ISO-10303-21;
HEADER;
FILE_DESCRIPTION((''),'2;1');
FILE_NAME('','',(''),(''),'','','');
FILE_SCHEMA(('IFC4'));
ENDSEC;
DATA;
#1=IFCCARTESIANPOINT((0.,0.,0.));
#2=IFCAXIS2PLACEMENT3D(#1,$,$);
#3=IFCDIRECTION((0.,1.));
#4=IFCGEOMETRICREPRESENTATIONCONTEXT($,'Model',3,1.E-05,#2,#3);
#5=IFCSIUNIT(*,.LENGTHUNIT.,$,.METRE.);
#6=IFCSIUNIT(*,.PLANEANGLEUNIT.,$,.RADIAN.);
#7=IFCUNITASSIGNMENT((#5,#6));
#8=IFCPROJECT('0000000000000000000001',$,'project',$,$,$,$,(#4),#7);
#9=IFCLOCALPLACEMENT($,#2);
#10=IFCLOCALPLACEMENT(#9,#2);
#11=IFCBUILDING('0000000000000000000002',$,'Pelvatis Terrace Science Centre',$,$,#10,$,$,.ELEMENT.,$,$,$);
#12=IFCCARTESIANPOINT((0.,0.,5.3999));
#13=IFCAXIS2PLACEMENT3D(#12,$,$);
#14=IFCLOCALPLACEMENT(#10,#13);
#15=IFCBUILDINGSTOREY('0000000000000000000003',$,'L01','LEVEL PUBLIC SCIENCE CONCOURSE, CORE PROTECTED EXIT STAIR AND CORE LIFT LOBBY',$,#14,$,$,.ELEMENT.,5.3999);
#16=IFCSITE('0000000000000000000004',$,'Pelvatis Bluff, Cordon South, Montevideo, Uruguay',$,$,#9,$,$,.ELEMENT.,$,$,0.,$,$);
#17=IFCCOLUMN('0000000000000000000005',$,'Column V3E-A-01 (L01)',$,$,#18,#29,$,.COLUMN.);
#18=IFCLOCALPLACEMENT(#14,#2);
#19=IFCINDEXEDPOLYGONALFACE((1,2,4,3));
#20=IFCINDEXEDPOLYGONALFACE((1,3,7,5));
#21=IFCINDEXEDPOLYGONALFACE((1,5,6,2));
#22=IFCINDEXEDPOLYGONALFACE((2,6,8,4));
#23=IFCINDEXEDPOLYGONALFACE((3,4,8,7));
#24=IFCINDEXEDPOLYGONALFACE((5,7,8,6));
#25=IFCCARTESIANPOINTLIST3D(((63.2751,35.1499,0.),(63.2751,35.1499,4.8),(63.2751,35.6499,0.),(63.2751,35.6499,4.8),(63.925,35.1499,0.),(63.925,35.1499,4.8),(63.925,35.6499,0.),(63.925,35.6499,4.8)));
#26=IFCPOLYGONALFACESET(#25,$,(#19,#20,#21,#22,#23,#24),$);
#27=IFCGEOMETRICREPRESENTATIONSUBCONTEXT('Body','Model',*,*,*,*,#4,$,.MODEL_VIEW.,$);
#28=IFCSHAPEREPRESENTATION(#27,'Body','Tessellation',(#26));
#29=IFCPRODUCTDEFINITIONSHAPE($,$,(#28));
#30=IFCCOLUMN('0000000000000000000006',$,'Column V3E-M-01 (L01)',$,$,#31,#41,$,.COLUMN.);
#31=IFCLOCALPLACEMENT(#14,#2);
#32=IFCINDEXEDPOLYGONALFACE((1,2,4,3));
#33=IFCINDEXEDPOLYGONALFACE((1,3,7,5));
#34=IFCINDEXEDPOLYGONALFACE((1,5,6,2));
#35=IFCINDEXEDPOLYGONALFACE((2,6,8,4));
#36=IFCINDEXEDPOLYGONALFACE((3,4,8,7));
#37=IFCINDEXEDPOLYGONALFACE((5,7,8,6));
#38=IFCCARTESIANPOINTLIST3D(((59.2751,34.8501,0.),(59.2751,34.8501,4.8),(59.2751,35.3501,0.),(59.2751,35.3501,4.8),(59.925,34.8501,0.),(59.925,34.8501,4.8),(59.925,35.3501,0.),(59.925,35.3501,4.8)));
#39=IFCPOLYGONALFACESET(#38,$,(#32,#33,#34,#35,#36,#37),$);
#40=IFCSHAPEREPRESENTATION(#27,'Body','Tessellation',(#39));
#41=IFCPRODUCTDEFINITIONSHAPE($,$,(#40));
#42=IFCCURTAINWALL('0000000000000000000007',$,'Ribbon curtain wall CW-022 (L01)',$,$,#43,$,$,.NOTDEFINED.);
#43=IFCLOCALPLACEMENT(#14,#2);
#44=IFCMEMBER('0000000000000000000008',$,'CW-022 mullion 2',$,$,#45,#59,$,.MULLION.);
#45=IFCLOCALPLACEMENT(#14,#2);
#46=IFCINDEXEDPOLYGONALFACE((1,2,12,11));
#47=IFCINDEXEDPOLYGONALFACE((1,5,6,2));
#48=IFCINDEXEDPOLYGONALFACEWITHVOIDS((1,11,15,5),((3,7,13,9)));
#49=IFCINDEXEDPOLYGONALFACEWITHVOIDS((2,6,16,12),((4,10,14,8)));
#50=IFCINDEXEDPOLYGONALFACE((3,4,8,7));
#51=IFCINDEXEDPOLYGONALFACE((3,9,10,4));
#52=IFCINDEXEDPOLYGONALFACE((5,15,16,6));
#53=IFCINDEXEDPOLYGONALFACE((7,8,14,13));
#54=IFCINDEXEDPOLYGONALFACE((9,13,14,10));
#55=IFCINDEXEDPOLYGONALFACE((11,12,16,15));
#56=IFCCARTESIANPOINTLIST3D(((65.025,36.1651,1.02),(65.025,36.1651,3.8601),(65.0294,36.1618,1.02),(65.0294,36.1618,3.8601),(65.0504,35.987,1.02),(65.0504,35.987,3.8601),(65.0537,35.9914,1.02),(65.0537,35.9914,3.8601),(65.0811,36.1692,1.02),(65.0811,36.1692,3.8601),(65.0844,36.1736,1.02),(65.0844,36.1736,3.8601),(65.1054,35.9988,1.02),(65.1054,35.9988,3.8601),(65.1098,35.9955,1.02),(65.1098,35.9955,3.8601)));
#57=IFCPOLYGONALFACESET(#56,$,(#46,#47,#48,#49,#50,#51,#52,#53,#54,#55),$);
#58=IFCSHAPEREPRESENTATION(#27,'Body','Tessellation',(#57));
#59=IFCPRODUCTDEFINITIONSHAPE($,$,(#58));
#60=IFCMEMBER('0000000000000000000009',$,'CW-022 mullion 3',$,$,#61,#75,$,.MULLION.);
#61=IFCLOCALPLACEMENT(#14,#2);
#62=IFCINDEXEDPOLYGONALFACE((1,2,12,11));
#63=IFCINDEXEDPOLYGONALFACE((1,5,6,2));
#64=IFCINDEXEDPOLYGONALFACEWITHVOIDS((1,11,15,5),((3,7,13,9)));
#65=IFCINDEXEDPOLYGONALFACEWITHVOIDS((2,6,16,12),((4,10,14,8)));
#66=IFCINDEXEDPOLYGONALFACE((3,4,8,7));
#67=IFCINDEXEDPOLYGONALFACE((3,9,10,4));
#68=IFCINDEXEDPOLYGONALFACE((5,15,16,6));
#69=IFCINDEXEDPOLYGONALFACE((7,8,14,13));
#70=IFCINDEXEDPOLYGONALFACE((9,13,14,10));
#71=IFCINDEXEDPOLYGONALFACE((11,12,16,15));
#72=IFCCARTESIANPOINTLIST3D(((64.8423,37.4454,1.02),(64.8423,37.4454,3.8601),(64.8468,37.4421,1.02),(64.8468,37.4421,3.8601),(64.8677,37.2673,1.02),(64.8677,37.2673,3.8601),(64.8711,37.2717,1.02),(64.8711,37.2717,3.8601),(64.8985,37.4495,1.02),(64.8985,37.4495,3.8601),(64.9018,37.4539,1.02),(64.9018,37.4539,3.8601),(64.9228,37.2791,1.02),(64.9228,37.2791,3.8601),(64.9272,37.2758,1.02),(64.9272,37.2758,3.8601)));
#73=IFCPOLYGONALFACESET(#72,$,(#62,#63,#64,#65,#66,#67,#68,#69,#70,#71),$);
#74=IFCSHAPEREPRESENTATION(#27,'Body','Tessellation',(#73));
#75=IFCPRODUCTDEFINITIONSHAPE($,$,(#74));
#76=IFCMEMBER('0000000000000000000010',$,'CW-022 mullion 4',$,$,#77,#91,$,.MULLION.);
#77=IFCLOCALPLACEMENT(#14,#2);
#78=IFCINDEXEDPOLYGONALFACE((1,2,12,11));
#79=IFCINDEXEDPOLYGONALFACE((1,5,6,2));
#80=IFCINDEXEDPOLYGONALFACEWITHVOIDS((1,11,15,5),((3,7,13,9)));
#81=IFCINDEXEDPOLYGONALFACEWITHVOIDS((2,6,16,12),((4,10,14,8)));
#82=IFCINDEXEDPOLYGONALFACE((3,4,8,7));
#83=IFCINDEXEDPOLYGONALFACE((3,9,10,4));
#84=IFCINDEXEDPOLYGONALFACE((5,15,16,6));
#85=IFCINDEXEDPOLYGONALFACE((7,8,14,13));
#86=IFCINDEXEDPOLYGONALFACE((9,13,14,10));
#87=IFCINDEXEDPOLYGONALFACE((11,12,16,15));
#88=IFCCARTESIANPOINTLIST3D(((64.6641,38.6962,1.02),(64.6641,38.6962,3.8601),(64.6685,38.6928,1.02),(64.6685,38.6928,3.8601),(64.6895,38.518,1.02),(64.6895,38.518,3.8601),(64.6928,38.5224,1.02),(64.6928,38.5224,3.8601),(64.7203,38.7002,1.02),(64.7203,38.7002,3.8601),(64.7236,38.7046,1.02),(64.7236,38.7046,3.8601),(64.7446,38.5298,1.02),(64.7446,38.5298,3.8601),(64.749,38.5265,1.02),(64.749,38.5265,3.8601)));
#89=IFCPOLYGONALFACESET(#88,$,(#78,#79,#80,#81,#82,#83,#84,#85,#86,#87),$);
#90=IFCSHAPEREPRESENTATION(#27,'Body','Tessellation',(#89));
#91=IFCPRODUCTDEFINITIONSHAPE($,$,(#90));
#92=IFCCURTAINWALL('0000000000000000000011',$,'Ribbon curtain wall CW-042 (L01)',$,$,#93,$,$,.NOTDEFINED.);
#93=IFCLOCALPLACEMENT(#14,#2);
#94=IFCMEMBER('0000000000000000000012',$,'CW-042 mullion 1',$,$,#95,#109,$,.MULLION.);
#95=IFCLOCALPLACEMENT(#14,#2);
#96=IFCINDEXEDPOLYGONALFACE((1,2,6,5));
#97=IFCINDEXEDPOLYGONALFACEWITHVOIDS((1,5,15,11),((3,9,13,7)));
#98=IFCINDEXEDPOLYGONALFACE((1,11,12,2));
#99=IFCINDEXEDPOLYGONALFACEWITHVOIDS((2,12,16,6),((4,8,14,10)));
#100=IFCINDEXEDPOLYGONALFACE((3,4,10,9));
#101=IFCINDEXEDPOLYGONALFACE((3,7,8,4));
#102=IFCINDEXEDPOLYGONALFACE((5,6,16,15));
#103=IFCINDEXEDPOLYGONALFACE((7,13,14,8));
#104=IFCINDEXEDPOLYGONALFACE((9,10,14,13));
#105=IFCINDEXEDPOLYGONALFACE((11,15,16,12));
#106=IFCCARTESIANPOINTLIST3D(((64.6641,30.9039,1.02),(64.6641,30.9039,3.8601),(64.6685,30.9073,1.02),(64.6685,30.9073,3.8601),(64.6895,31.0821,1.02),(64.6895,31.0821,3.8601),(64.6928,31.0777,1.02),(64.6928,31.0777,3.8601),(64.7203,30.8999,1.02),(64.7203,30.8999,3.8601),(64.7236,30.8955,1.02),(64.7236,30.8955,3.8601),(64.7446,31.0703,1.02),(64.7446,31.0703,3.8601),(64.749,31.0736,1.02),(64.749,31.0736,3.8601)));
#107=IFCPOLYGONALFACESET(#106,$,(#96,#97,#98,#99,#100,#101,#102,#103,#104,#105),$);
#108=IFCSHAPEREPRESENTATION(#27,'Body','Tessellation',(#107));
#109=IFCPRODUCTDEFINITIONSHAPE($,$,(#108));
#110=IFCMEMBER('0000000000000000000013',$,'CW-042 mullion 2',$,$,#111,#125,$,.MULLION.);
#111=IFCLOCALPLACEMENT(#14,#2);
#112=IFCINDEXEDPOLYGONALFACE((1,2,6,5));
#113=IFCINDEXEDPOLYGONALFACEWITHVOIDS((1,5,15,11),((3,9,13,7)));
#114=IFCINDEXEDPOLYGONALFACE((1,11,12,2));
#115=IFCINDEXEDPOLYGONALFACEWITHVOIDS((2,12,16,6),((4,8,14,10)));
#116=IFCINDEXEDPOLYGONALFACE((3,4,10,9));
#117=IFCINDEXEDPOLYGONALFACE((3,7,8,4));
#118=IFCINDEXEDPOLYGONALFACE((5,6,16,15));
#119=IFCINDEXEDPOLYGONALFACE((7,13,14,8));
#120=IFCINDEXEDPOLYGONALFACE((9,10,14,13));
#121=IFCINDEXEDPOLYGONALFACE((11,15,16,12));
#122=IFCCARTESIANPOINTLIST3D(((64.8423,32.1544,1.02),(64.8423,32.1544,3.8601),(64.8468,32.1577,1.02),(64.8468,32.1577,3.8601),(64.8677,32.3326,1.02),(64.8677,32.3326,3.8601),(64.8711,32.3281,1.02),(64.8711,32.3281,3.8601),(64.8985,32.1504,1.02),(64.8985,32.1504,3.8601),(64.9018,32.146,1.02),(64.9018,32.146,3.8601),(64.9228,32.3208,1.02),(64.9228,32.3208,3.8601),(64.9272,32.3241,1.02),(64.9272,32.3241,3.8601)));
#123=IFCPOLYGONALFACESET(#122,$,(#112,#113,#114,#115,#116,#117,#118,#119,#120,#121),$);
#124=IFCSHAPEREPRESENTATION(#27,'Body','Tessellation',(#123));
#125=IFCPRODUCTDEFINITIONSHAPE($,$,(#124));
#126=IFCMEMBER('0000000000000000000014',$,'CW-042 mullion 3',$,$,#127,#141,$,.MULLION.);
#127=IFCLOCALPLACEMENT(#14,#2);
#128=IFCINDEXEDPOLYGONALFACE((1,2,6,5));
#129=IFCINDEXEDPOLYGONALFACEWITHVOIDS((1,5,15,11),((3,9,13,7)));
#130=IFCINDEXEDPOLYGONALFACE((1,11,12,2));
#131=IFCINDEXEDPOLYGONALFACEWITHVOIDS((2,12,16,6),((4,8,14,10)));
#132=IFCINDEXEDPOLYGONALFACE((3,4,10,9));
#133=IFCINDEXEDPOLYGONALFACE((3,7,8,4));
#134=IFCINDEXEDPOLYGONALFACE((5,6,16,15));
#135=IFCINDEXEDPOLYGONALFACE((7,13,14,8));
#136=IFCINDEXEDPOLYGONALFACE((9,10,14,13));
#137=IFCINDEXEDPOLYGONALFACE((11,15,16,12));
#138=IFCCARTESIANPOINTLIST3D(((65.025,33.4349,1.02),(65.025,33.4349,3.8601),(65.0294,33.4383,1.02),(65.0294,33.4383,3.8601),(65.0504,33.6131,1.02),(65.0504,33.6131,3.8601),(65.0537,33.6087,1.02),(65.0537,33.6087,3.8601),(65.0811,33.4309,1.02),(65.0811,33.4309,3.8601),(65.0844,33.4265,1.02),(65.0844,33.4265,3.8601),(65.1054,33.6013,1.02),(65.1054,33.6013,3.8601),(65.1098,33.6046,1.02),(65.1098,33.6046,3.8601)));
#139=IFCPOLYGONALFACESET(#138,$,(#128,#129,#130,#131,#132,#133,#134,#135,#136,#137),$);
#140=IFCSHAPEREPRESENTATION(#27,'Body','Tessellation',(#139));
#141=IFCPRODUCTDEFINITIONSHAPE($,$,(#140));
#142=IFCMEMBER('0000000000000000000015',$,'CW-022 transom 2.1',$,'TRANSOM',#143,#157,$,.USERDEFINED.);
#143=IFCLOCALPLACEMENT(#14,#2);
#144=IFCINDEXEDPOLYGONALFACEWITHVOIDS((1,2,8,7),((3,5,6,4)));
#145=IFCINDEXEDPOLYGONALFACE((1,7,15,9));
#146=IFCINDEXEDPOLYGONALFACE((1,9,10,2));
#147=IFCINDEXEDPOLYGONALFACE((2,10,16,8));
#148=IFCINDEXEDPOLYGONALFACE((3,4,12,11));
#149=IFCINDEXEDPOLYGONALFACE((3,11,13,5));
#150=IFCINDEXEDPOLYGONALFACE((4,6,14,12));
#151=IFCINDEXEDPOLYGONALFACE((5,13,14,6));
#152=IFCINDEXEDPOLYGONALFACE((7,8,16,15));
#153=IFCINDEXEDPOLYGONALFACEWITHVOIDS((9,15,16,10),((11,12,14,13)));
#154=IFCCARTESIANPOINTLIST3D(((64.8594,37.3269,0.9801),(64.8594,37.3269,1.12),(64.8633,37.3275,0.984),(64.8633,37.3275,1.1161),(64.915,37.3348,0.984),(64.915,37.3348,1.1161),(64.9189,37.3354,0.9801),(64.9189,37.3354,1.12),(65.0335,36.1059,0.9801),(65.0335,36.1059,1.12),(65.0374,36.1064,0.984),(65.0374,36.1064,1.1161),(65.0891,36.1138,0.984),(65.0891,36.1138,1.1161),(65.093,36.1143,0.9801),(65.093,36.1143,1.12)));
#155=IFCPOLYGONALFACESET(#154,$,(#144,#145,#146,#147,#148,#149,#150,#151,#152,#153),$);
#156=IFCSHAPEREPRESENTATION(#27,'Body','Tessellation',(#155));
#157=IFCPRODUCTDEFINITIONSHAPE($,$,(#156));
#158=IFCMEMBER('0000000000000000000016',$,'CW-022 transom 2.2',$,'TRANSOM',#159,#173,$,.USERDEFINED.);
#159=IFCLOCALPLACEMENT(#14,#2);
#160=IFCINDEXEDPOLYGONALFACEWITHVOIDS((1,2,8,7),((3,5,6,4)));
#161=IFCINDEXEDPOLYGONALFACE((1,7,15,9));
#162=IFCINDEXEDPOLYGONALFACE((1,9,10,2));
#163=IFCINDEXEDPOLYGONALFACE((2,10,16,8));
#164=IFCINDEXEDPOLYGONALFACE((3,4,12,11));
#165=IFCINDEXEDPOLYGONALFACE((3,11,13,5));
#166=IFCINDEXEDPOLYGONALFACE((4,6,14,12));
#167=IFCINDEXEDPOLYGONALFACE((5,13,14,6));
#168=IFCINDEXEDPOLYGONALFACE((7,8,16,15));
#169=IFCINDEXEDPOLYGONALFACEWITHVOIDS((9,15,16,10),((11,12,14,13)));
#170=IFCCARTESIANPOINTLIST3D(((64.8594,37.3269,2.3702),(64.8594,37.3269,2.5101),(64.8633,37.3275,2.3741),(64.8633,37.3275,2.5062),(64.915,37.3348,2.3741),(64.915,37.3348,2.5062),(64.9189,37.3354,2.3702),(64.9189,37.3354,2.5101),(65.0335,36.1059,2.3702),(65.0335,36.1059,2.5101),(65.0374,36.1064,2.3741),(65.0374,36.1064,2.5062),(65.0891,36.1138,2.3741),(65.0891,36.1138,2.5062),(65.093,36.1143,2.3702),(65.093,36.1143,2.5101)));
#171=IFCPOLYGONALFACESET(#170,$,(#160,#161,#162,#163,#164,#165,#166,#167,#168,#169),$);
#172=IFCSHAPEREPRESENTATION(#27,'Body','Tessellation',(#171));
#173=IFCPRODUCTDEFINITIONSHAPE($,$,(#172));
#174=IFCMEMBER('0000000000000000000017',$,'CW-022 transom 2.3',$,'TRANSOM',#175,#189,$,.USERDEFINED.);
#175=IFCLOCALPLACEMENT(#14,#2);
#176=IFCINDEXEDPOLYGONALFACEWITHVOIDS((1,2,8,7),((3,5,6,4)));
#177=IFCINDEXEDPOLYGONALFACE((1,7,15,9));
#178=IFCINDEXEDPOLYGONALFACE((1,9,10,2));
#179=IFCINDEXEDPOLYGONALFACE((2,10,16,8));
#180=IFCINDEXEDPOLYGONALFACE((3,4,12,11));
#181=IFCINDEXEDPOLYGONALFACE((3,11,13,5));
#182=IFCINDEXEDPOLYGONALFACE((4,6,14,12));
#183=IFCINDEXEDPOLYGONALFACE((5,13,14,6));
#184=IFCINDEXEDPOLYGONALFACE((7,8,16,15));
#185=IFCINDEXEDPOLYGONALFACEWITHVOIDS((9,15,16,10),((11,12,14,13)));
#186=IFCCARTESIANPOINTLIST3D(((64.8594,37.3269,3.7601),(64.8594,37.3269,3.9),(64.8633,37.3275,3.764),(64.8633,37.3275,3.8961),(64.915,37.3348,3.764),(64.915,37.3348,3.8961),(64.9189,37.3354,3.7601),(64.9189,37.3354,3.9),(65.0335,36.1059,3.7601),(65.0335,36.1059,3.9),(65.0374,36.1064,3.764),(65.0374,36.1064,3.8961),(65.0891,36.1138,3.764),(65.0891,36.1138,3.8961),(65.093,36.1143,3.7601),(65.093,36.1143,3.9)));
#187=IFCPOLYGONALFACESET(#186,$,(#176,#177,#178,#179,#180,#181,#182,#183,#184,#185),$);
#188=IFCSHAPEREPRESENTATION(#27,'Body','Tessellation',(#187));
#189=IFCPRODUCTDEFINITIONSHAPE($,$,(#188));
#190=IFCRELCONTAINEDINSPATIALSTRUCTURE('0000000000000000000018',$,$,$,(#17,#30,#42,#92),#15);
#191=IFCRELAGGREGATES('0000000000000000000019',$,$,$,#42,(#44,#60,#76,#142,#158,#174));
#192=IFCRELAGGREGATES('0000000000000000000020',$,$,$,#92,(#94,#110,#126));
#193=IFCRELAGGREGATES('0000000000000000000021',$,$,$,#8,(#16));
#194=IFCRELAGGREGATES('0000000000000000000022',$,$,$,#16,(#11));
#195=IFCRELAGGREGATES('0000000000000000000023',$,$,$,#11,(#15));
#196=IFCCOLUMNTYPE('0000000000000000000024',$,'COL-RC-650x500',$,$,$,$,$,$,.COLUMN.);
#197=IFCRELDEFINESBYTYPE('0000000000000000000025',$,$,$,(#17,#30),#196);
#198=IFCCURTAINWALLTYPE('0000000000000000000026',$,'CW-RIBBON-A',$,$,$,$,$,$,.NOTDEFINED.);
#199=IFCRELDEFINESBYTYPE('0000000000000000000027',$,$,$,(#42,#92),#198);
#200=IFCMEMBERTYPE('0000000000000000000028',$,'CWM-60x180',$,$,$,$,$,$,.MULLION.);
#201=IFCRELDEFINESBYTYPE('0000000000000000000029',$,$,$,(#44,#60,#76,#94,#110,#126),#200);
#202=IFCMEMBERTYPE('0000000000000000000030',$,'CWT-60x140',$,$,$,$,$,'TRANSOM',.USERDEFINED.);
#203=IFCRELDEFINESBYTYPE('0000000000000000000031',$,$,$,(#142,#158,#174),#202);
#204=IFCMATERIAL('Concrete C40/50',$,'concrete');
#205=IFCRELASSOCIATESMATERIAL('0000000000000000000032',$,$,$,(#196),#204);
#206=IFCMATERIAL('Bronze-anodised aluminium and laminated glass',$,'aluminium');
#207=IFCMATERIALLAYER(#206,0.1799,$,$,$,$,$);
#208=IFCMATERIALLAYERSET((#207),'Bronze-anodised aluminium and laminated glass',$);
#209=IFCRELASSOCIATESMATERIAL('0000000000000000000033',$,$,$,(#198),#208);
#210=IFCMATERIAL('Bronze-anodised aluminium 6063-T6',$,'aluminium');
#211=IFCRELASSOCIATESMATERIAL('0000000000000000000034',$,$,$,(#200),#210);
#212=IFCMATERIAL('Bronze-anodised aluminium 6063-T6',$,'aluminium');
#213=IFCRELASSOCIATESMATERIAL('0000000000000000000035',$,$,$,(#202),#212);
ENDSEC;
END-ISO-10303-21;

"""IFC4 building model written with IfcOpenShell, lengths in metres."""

from ifc_helpers import new_model, si_unit, direction, frame, origin, origin_2d, place, context, subcontext, project, spatial, rectangle, hollow_rectangle, extrude, material, layer, layer_set, material_profile, profile_set, type_object, element, aggregate, save


model = new_model("IFC4")

# Units and contexts
model_context = context("Model", 3, precision=1e-05, world=origin(), true_north=direction((0.0, 1.0)))
body_context = subcontext(model_context, "Body", "Model", "MODEL_VIEW")
ifc_project = project(units=[si_unit("LENGTHUNIT", "METRE"), si_unit("PLANEANGLEUNIT", "RADIAN")], contexts=[model_context])

# Site, building, storey
site_placement = place(None, origin())
site = spatial("IfcSite", under=ifc_project, at=site_placement, Name="Pelvatis Bluff, Cordon South, Montevideo, Uruguay", CompositionType="ELEMENT", RefElevation=0.0)
building_placement = place(site_placement, origin())
building = spatial("IfcBuilding", under=site, at=building_placement, Name="Pelvatis Terrace Science Centre", CompositionType="ELEMENT")
storey_placement = place(building_placement, frame((0.0, 0.0, 5.3999)))
storey = spatial("IfcBuildingStorey", under=building, at=storey_placement, Name="L01", Description="LEVEL PUBLIC SCIENCE CONCOURSE, CORE PROTECTED EXIT STAIR AND CORE LIFT LOBBY", CompositionType="ELEMENT", Elevation=5.3999)

# Columns
ifc_material_1 = material(Name="Concrete C40/50", Category="concrete")
ifc_material_profile_1 = material_profile(ifc_material_1, rectangle(XDim=0.6499, YDim=0.5, at=origin_2d()), Name="RC-COL 650x500")
ifc_profile_set_1 = profile_set([ifc_material_profile_1], Name="Concrete C40/50")
column_type = type_object("IfcColumnType", Name="COL-RC-650x500", PredefinedType="COLUMN", material=ifc_profile_set_1)
for number, where, z_axis, x_axis, name in (
    (1, (63.6001, 35.3999, 0.0), (0.0, 0.0, 1.0), (1.0, 0.0, 0.0), "Column V3E-A-01 (L01)"),
    (2, (59.6001, 35.1001, 0.0), (0.0, 0.0, 1.0), (1.0, 0.0, 0.0), "Column V3E-M-01 (L01)"),
):
    element("IfcColumn", number, at=place(storey_placement, frame(where, z_axis=z_axis, x_axis=x_axis)), inside=storey, type_object=column_type, Name=name, PredefinedType="COLUMN", context=body_context, shape_type="SweptSolid", body=[
        extrude(rectangle(XDim=0.6499, YDim=0.5, at=origin_2d()), origin(), (0.0, 0.0, 1.0), 4.8),
    ])

# Curtain walls, members
ifc_material_2 = material(Name="Bronze-anodised aluminium and laminated glass", Category="aluminium")
ifc_layer_1 = layer(ifc_material_2, 0.1799)
ifc_layer_set_1 = layer_set([ifc_layer_1], Name="Bronze-anodised aluminium and laminated glass")
curtain_wall_type = type_object("IfcCurtainWallType", Name="CW-RIBBON-A", PredefinedType="NOTDEFINED", material=ifc_layer_set_1)
curtain_wall_1_placement = place(storey_placement, origin())
curtain_wall_1 = element("IfcCurtainWall", 3, at=curtain_wall_1_placement, inside=storey, type_object=curtain_wall_type, Name="Ribbon curtain wall CW-022 (L01)", PredefinedType="NOTDEFINED")
ifc_material_3 = material(Name="Bronze-anodised aluminium 6063-T6", Category="aluminium")
ifc_material_profile_2 = material_profile(ifc_material_3, hollow_rectangle(XDim=0.0601, YDim=0.1799, WallThickness=0.0039, at=origin_2d()), Name="ALU-MUL 60x180")
ifc_profile_set_2 = profile_set([ifc_material_profile_2], Name="Bronze-anodised aluminium 6063-T6")
member_type_1 = type_object("IfcMemberType", Name="CWM-60x180", PredefinedType="MULLION", material=ifc_profile_set_2)
member_1_placement = place(storey_placement, frame((65.0674, 36.0803, 1.02), z_axis=(0.0, 0.0, 1.0), x_axis=(-0.989986, -0.141165, 0.0)))
member_1 = element("IfcMember", 4, at=member_1_placement, type_object=member_type_1, Name="CW-022 mullion 2", PredefinedType="MULLION", context=body_context, shape_type="SweptSolid", body=[
    extrude(hollow_rectangle(XDim=0.0601, YDim=0.1799, WallThickness=0.0039, at=origin_2d()), origin(), (0.0, 0.0, 1.0), 2.8401),
])
member_2_placement = place(storey_placement, frame((64.8848, 37.3606, 1.02), z_axis=(0.0, 0.0, 1.0), x_axis=(-0.989986, -0.141165, 0.0)))
member_2 = element("IfcMember", 5, at=member_2_placement, type_object=member_type_1, Name="CW-022 mullion 3", PredefinedType="MULLION", context=body_context, shape_type="SweptSolid", body=[
    extrude(hollow_rectangle(XDim=0.0601, YDim=0.1799, WallThickness=0.0039, at=origin_2d()), origin(), (0.0, 0.0, 1.0), 2.8401),
])
member_3_placement = place(storey_placement, frame((64.7065, 38.6113, 1.02), z_axis=(0.0, 0.0, 1.0), x_axis=(-0.989986, -0.141165, 0.0)))
member_3 = element("IfcMember", 6, at=member_3_placement, type_object=member_type_1, Name="CW-022 mullion 4", PredefinedType="MULLION", context=body_context, shape_type="SweptSolid", body=[
    extrude(hollow_rectangle(XDim=0.0601, YDim=0.1799, WallThickness=0.0039, at=origin_2d()), origin(), (0.0, 0.0, 1.0), 2.8401),
])
curtain_wall_2_placement = place(storey_placement, origin())
curtain_wall_2 = element("IfcCurtainWall", 7, at=curtain_wall_2_placement, inside=storey, type_object=curtain_wall_type, Name="Ribbon curtain wall CW-042 (L01)", PredefinedType="NOTDEFINED")
member_4_placement = place(storey_placement, frame((64.7065, 30.9888, 1.02), z_axis=(0.0, 0.0, 1.0), x_axis=(-0.989986, 0.141165, 0.0)))
member_4 = element("IfcMember", 8, at=member_4_placement, type_object=member_type_1, Name="CW-042 mullion 1", PredefinedType="MULLION", context=body_context, shape_type="SweptSolid", body=[
    extrude(hollow_rectangle(XDim=0.0601, YDim=0.1799, WallThickness=0.0039, at=origin_2d()), origin(), (0.0, 0.0, 1.0), 2.8401),
])
member_5_placement = place(storey_placement, frame((64.8848, 32.2393, 1.02), z_axis=(0.0, 0.0, 1.0), x_axis=(-0.989986, 0.141165, 0.0)))
member_5 = element("IfcMember", 9, at=member_5_placement, type_object=member_type_1, Name="CW-042 mullion 2", PredefinedType="MULLION", context=body_context, shape_type="SweptSolid", body=[
    extrude(hollow_rectangle(XDim=0.0601, YDim=0.1799, WallThickness=0.0039, at=origin_2d()), origin(), (0.0, 0.0, 1.0), 2.8401),
])
member_6_placement = place(storey_placement, frame((65.0674, 33.5198, 1.02), z_axis=(0.0, 0.0, 1.0), x_axis=(-0.989986, 0.141165, 0.0)))
member_6 = element("IfcMember", 10, at=member_6_placement, type_object=member_type_1, Name="CW-042 mullion 3", PredefinedType="MULLION", context=body_context, shape_type="SweptSolid", body=[
    extrude(hollow_rectangle(XDim=0.0601, YDim=0.1799, WallThickness=0.0039, at=origin_2d()), origin(), (0.0, 0.0, 1.0), 2.8401),
])

# Members
ifc_material_4 = material(Name="Bronze-anodised aluminium 6063-T6", Category="aluminium")
ifc_material_profile_3 = material_profile(ifc_material_4, hollow_rectangle(XDim=0.0601, YDim=0.1399, WallThickness=0.0039, at=origin_2d()), Name="ALU-TRN 60x140")
ifc_profile_set_3 = profile_set([ifc_material_profile_3], Name="Bronze-anodised aluminium 6063-T6")
member_type_2 = type_object("IfcMemberType", Name="CWT-60x140", ElementType="TRANSOM", PredefinedType="USERDEFINED", material=ifc_profile_set_3)
member_7_placement = place(storey_placement, frame((65.0632, 36.1101, 1.05), z_axis=(-0.141144, 0.989989, 0.0), x_axis=(-0.989989, -0.141144, 0.0)))
member_7 = element("IfcMember", 11, at=member_7_placement, type_object=member_type_2, Name="CW-022 transom 2.1", ObjectType="TRANSOM", PredefinedType="USERDEFINED", context=body_context, shape_type="SweptSolid", body=[
    extrude(hollow_rectangle(XDim=0.0601, YDim=0.1399, WallThickness=0.0039, at=origin_2d()), origin(), (0.0, 0.0, 1.0), 1.2334),
])
member_8_placement = place(storey_placement, frame((65.0632, 36.1101, 2.4402), z_axis=(-0.141144, 0.989989, 0.0), x_axis=(-0.989989, -0.141144, 0.0)))
member_8 = element("IfcMember", 12, at=member_8_placement, type_object=member_type_2, Name="CW-022 transom 2.2", ObjectType="TRANSOM", PredefinedType="USERDEFINED", context=body_context, shape_type="SweptSolid", body=[
    extrude(hollow_rectangle(XDim=0.0601, YDim=0.1399, WallThickness=0.0039, at=origin_2d()), origin(), (0.0, 0.0, 1.0), 1.2334),
])
member_9_placement = place(storey_placement, frame((65.0632, 36.1101, 3.8301), z_axis=(-0.141144, 0.989989, 0.0), x_axis=(-0.989989, -0.141144, 0.0)))
member_9 = element("IfcMember", 13, at=member_9_placement, type_object=member_type_2, Name="CW-022 transom 2.3", ObjectType="TRANSOM", PredefinedType="USERDEFINED", context=body_context, shape_type="SweptSolid", body=[
    extrude(hollow_rectangle(XDim=0.0601, YDim=0.1399, WallThickness=0.0039, at=origin_2d()), origin(), (0.0, 0.0, 1.0), 1.2334),
])

aggregate(curtain_wall_1, [member_1, member_2, member_3, member_7, member_8, member_9])
aggregate(curtain_wall_2, [member_4, member_5, member_6])

save(model, "model.ifc")
